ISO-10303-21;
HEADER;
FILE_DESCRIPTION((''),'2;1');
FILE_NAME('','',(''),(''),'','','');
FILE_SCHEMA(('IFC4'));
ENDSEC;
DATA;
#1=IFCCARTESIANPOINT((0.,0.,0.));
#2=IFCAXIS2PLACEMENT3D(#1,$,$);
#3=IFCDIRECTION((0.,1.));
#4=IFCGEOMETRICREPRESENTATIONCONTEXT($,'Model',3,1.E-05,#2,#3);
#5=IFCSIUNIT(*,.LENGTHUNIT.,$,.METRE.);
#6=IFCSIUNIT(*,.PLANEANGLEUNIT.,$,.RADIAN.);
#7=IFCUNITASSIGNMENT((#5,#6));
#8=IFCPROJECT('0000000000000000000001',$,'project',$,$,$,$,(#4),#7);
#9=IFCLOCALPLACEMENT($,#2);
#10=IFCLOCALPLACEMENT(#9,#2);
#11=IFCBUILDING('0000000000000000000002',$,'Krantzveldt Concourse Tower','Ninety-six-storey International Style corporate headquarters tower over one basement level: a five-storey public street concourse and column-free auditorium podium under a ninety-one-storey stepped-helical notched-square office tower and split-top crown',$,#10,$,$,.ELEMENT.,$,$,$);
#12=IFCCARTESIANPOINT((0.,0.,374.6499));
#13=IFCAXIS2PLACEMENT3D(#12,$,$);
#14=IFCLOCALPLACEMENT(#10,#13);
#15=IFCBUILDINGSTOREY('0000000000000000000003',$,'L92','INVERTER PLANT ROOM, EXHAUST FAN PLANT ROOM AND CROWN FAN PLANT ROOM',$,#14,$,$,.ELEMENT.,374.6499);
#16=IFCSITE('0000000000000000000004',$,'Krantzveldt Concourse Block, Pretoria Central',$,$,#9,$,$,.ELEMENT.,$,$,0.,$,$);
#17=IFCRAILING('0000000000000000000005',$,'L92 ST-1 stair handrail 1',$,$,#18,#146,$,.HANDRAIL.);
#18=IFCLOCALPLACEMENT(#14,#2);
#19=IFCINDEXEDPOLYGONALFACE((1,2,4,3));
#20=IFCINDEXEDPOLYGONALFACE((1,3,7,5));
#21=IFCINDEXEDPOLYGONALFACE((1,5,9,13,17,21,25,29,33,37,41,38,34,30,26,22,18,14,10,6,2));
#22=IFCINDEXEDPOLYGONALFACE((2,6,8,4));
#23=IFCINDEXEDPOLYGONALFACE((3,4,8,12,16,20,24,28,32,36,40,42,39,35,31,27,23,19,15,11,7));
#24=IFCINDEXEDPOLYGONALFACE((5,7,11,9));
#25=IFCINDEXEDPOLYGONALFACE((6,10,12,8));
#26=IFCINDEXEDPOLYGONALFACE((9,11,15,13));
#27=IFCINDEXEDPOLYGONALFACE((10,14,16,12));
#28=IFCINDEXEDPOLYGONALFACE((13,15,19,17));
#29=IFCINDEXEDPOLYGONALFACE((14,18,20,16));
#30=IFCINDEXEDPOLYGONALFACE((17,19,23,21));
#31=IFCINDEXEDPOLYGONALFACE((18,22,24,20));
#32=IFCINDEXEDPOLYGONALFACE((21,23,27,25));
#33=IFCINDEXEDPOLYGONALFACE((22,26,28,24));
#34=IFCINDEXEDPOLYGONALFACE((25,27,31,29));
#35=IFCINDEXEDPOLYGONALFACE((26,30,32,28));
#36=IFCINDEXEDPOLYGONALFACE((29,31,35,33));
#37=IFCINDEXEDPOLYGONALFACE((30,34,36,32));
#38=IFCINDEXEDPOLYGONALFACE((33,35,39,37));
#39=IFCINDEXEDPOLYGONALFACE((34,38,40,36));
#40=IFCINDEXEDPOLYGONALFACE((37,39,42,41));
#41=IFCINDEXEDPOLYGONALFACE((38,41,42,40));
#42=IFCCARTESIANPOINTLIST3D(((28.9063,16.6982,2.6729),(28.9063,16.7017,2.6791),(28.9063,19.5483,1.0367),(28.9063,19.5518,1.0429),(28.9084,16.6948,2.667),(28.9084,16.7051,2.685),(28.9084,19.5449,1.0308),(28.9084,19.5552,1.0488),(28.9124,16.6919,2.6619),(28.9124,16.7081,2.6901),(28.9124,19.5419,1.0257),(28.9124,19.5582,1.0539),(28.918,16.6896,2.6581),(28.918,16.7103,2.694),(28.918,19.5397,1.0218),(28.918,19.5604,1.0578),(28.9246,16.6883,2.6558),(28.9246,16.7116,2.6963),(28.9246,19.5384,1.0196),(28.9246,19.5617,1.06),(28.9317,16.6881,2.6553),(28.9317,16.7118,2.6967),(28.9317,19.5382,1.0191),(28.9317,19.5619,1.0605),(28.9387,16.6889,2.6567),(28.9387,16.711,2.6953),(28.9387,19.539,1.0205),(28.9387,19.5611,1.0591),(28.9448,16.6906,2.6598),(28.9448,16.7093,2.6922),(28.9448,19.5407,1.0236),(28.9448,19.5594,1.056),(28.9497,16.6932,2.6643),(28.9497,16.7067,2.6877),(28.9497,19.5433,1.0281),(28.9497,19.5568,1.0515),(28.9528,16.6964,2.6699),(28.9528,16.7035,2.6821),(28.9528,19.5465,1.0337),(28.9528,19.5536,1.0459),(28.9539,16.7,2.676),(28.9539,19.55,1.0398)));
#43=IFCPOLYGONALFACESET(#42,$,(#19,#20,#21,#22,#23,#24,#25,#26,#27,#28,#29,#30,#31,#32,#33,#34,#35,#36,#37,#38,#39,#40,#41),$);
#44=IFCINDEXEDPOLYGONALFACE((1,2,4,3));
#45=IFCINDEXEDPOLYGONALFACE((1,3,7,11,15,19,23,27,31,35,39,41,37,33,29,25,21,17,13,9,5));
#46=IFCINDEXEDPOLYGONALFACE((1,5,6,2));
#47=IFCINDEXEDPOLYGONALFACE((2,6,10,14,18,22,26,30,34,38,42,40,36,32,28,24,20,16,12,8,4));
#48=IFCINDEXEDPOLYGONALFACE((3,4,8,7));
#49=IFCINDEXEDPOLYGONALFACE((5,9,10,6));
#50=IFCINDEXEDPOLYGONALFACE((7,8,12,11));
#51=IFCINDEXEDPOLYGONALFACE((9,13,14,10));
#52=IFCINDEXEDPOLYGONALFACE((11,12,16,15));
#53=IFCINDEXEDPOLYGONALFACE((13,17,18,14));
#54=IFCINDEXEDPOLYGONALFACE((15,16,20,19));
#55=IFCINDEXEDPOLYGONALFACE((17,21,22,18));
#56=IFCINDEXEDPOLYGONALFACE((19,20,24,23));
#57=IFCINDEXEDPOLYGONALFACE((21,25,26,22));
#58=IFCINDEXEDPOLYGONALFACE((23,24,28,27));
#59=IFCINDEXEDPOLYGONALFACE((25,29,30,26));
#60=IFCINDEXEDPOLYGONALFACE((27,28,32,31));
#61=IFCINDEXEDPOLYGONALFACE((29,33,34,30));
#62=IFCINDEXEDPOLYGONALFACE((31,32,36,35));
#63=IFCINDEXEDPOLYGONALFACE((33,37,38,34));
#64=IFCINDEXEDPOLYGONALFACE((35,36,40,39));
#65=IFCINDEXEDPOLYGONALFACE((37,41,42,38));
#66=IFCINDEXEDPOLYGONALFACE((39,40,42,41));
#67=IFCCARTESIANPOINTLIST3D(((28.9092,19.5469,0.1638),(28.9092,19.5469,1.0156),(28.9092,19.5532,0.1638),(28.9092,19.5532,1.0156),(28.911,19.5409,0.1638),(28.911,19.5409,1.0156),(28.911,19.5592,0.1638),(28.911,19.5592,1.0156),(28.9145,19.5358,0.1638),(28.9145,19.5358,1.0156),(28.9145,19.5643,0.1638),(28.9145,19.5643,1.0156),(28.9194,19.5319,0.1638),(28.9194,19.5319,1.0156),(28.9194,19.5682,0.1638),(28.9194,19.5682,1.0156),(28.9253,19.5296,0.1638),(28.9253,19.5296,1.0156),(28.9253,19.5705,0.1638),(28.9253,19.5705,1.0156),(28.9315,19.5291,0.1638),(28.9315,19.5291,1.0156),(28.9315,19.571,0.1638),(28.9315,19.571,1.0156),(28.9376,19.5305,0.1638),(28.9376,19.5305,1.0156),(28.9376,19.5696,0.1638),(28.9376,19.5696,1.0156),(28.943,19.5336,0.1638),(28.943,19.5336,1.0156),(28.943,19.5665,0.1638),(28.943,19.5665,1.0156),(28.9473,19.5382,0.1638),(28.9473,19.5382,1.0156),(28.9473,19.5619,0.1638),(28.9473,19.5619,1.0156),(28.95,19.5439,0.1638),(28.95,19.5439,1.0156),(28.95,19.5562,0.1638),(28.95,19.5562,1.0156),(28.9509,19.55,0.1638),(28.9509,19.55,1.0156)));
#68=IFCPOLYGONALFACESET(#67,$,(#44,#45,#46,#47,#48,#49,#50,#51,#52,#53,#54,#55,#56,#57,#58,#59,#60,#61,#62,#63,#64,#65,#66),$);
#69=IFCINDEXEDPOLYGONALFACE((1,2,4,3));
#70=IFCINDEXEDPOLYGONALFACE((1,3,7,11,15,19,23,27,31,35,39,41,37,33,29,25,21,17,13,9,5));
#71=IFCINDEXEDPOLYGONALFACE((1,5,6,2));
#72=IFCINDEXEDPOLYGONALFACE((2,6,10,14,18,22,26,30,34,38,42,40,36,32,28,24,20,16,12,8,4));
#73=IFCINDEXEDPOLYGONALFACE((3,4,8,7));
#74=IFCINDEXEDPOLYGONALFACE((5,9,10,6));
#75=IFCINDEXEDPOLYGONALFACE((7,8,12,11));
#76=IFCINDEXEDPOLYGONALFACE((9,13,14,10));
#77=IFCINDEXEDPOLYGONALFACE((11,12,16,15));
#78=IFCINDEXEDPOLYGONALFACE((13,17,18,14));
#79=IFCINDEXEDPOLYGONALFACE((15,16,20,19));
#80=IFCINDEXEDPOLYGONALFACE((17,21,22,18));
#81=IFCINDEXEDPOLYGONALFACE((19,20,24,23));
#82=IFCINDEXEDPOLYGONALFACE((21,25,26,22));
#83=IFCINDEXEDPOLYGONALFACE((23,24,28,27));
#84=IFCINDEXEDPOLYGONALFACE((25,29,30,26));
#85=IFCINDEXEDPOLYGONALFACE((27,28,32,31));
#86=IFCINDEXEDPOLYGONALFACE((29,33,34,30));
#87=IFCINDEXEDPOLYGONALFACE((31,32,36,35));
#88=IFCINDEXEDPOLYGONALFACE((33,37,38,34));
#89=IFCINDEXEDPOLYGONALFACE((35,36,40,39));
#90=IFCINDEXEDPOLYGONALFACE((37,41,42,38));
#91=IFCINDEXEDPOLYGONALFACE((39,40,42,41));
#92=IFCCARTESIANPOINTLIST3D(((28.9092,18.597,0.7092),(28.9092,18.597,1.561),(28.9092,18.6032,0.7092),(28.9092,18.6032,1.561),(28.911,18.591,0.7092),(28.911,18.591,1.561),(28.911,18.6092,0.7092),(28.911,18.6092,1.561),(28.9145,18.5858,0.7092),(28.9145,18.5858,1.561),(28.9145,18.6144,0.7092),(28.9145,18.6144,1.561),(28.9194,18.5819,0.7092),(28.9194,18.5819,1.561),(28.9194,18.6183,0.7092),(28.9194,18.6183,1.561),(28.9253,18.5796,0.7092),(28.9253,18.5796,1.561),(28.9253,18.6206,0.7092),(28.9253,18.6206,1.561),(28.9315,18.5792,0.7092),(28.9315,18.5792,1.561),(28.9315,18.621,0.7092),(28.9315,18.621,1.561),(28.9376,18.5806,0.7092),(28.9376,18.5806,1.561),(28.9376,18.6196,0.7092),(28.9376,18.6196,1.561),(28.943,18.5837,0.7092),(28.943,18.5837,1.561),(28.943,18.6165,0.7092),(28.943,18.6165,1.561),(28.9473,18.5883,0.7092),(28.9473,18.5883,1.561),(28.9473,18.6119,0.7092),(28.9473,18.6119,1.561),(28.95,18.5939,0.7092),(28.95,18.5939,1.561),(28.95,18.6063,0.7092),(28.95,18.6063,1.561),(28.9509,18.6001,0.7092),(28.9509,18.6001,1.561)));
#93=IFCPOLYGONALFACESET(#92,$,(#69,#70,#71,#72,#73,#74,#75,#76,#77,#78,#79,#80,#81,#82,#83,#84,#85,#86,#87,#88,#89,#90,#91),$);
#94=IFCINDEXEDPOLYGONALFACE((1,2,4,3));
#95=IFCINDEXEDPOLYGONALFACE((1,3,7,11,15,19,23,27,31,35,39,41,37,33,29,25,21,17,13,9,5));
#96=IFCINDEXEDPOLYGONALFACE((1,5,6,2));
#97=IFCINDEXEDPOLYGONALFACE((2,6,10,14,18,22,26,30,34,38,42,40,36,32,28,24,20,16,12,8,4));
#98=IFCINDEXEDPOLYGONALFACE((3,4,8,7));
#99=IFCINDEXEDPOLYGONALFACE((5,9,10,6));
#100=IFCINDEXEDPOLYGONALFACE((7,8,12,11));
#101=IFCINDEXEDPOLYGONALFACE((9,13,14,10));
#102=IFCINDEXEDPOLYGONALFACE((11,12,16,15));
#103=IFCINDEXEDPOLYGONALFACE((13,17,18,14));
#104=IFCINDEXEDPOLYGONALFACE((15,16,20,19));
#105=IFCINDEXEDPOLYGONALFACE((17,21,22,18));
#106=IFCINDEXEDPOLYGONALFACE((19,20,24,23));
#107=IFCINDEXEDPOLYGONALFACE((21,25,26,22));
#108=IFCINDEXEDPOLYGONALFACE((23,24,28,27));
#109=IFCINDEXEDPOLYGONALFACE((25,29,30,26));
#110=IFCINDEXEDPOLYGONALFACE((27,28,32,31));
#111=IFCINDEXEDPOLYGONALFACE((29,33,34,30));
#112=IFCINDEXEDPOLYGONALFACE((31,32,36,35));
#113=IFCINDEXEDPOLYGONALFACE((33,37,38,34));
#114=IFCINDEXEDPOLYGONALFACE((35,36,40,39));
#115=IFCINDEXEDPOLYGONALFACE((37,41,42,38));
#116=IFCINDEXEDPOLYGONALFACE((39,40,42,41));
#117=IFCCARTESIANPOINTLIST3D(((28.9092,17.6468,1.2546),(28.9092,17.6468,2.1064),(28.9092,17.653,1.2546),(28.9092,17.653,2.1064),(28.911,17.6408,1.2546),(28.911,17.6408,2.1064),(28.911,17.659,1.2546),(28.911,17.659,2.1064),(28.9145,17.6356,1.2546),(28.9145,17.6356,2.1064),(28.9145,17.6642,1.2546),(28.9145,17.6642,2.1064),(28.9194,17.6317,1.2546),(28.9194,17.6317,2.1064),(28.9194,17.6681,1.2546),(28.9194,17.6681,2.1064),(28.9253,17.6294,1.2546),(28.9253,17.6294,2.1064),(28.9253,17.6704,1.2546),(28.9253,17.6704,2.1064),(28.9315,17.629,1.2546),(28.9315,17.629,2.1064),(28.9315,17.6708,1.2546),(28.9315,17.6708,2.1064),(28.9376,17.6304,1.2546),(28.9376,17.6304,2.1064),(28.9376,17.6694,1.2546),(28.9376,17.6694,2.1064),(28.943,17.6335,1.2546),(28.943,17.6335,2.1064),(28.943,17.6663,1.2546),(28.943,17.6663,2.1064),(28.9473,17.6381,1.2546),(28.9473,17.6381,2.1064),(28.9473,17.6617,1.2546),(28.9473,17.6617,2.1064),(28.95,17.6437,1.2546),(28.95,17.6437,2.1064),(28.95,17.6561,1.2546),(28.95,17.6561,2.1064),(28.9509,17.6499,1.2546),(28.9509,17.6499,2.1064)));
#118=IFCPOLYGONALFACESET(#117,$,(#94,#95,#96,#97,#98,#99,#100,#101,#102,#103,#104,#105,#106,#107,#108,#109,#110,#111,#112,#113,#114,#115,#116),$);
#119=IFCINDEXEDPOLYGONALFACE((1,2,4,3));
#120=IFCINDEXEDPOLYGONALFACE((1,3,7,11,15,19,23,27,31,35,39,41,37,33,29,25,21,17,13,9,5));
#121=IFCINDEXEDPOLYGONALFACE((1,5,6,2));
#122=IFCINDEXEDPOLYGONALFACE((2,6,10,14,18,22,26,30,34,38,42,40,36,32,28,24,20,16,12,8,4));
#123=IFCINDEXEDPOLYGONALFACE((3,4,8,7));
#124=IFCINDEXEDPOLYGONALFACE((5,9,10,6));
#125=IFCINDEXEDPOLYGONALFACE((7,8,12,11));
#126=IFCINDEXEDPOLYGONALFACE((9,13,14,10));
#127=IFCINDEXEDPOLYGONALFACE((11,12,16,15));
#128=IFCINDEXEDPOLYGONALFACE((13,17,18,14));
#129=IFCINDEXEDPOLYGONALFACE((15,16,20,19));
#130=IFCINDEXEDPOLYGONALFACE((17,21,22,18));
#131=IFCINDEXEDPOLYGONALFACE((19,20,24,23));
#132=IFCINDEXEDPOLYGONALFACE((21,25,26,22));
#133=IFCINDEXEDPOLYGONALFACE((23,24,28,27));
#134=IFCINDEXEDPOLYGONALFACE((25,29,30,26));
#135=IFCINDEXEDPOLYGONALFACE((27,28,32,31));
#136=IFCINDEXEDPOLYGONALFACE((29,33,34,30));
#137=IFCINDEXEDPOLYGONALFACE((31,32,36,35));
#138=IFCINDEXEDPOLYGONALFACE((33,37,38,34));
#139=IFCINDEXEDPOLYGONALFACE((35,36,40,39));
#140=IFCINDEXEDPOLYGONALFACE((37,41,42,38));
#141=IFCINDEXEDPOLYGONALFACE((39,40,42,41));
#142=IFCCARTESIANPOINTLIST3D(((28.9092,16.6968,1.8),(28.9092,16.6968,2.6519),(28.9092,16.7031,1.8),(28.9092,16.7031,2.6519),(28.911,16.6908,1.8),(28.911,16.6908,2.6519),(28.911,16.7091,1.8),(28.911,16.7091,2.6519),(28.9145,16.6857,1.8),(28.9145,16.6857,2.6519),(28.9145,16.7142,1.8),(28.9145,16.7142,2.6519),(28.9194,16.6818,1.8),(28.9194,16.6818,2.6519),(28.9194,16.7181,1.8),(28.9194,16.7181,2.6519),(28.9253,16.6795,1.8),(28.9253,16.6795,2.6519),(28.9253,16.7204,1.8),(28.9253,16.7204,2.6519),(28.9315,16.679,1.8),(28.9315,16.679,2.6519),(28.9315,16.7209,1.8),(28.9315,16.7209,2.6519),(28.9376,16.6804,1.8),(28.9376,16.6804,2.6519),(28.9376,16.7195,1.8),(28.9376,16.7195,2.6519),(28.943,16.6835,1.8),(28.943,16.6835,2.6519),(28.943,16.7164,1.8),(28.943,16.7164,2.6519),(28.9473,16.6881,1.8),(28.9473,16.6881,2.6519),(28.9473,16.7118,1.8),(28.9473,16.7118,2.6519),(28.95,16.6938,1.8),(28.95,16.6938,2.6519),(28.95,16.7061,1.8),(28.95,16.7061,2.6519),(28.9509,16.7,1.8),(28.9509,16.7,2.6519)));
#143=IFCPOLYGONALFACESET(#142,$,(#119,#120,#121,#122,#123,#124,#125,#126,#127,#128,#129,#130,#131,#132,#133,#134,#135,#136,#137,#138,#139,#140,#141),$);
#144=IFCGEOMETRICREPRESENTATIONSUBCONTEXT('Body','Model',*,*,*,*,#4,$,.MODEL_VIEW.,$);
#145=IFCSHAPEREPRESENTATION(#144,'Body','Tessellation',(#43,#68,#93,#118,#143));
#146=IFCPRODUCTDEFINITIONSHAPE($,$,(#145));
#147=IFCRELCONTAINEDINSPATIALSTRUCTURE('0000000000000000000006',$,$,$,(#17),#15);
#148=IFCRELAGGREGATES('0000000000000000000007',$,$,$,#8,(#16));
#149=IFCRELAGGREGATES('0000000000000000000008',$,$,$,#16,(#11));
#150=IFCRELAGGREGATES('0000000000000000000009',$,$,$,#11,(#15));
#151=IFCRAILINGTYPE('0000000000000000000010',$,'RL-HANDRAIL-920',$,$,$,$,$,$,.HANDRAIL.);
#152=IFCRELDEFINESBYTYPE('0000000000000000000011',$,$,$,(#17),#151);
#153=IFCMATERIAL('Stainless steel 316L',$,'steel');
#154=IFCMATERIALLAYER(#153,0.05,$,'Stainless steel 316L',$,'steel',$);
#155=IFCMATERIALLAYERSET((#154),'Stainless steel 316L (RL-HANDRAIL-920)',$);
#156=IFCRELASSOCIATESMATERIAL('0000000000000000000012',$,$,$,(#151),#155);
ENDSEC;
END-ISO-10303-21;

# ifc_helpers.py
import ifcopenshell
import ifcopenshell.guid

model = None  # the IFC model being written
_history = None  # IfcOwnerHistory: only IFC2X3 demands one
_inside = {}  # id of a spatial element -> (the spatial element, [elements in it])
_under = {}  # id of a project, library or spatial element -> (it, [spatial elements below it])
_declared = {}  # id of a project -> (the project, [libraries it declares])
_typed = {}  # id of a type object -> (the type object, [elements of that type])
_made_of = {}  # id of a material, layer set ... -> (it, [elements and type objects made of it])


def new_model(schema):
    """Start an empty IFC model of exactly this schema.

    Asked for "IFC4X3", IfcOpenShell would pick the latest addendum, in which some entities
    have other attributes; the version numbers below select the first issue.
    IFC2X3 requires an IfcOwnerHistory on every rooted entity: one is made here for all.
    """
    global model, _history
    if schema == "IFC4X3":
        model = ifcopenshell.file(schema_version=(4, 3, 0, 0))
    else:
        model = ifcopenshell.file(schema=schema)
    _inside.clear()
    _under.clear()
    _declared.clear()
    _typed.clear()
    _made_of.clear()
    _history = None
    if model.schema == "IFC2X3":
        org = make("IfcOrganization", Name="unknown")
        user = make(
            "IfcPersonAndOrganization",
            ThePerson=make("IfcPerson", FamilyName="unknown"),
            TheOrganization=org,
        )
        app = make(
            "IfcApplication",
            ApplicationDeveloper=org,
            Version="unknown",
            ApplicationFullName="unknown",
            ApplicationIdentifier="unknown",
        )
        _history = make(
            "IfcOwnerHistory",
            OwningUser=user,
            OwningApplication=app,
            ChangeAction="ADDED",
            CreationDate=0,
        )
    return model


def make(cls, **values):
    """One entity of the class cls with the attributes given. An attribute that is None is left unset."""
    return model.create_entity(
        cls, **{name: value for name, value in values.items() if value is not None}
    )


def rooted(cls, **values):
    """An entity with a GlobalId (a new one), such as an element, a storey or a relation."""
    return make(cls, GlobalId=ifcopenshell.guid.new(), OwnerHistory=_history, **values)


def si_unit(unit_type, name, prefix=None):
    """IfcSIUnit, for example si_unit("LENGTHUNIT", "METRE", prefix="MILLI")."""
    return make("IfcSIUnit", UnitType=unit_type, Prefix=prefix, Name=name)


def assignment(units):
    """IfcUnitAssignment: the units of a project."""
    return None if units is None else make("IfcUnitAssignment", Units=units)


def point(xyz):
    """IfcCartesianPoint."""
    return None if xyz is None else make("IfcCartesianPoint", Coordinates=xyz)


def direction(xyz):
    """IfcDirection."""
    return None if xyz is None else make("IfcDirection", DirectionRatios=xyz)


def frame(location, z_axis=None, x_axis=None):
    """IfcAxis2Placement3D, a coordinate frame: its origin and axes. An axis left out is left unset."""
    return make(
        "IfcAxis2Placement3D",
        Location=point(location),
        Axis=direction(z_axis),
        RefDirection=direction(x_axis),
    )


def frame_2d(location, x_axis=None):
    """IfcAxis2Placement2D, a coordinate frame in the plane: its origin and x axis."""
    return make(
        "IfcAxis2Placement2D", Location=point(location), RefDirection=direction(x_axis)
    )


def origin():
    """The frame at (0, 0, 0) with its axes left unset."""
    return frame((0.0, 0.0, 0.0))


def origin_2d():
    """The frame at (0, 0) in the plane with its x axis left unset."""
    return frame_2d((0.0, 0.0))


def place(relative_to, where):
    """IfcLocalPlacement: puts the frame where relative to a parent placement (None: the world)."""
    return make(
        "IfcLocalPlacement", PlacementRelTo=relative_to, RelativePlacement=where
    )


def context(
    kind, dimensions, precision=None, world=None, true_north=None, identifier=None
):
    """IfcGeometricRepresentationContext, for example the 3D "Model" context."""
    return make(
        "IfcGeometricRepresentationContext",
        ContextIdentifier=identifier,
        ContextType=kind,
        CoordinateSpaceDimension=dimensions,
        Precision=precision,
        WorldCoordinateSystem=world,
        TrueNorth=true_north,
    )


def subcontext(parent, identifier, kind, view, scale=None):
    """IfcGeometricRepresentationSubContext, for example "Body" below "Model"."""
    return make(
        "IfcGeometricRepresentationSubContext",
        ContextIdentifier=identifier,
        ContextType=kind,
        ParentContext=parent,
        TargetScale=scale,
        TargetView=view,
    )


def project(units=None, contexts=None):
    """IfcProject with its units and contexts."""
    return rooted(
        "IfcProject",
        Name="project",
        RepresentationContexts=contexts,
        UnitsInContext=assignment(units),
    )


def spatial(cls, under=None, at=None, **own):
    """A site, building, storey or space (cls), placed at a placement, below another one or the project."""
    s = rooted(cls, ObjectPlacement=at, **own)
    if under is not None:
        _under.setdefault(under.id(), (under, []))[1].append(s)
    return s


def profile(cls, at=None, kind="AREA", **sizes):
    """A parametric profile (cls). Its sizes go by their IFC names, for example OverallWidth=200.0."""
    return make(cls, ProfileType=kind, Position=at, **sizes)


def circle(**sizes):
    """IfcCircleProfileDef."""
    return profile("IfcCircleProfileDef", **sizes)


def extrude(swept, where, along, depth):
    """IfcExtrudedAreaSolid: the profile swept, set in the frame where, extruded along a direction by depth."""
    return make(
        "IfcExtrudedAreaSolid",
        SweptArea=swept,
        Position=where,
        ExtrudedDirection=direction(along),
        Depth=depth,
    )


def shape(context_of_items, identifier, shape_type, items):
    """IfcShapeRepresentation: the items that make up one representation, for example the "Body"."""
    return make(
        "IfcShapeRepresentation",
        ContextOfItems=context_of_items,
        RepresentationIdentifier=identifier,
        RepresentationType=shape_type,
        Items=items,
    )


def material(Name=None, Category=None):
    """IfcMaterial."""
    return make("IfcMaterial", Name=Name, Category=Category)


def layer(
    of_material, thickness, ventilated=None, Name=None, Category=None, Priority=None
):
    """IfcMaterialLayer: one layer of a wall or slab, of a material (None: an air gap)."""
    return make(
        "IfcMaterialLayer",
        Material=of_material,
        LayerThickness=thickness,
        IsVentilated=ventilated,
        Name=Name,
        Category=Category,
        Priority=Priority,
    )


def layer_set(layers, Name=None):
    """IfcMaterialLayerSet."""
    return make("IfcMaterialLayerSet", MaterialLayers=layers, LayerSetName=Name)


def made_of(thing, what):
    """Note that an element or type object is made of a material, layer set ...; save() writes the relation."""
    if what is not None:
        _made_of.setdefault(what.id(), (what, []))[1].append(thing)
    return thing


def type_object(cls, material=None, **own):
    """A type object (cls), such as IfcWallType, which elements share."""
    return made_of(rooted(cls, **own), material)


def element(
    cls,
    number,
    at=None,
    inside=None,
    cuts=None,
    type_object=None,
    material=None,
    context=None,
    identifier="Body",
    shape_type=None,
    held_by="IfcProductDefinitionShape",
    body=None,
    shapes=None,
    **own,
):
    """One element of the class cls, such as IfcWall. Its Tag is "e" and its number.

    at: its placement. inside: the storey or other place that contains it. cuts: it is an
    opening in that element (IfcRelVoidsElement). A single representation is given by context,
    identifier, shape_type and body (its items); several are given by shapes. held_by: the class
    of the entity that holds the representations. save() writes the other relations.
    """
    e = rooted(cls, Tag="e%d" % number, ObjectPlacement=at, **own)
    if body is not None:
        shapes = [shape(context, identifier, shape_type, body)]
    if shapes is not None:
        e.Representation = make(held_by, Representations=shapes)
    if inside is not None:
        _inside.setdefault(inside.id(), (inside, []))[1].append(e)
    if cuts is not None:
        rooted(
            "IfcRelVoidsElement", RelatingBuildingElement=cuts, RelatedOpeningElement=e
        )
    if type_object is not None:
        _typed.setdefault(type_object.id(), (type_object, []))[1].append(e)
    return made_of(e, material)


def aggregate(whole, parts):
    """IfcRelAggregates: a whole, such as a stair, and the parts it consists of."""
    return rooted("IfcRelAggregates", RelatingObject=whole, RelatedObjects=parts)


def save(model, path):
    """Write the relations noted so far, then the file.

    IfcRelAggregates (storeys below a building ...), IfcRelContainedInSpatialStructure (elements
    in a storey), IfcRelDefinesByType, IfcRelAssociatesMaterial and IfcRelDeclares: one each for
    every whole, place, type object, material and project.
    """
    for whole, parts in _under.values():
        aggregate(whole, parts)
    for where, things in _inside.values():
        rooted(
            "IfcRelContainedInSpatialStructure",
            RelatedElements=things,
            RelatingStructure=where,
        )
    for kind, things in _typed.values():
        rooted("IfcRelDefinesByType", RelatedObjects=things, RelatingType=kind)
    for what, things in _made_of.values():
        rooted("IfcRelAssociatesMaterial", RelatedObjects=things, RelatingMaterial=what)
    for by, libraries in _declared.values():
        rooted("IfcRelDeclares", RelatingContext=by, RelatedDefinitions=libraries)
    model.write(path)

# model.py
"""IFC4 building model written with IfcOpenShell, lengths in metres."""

from ifc_helpers import new_model, si_unit, direction, frame, origin, origin_2d, place, context, subcontext, project, spatial, circle, extrude, material, layer, layer_set, type_object, element, save


model = new_model("IFC4")

# Units and contexts
model_context = context("Model", 3, precision=1e-05, world=origin(), true_north=direction((0.0, 1.0)))
body_context = subcontext(model_context, "Body", "Model", "MODEL_VIEW")
ifc_project = project(units=[si_unit("LENGTHUNIT", "METRE"), si_unit("PLANEANGLEUNIT", "RADIAN")], contexts=[model_context])

# Site, building, storey
site_placement = place(None, origin())
site = spatial("IfcSite", under=ifc_project, at=site_placement, Name="Krantzveldt Concourse Block, Pretoria Central", CompositionType="ELEMENT", RefElevation=0.0)
building_placement = place(site_placement, origin())
building = spatial("IfcBuilding", under=site, at=building_placement, Name="Krantzveldt Concourse Tower", Description="Ninety-six-storey International Style corporate headquarters tower over one basement level: a five-storey public street concourse and column-free auditorium podium under a ninety-one-storey stepped-helical notched-square office tower and split-top crown", CompositionType="ELEMENT")
storey_placement = place(building_placement, frame((0.0, 0.0, 374.6499)))
storey = spatial("IfcBuildingStorey", under=building, at=storey_placement, Name="L92", Description="INVERTER PLANT ROOM, EXHAUST FAN PLANT ROOM AND CROWN FAN PLANT ROOM", CompositionType="ELEMENT", Elevation=374.6499)

# Shared definitions
ifc_material_1 = material(Name="Stainless steel 316L", Category="steel")

# Railing
ifc_layer_1 = layer(ifc_material_1, 0.05, Name="Stainless steel 316L", Category="steel")
ifc_layer_set_1 = layer_set([ifc_layer_1], Name="Stainless steel 316L (RL-HANDRAIL-920)")
railing_type_1 = type_object("IfcRailingType", Name="RL-HANDRAIL-920", PredefinedType="HANDRAIL", material=ifc_layer_set_1)
railing_1_placement = place(storey_placement, frame((28.9299, 19.55, 0.1638)))
element("IfcRailing", 1, at=railing_1_placement, inside=storey, type_object=railing_type_1, Name="L92 ST-1 stair handrail 1", PredefinedType="HANDRAIL", context=body_context, shape_type="SweptSolid", body=[
    extrude(circle(Radius=0.0239, at=origin_2d()), frame((0.0, 0.0, 0.876), z_axis=(0.0, -0.867245, 0.497882), x_axis=(1.0, 0.0, 0.0)), (0.0, 0.0, 1.0), 3.2864),
    extrude(circle(Radius=0.021, at=origin_2d()), origin(), (0.0, 0.0, 1.0), 0.8518),
    extrude(circle(Radius=0.021, at=origin_2d()), frame((0.0, -0.95, 0.5454)), (0.0, 0.0, 1.0), 0.8518),
    extrude(circle(Radius=0.021, at=origin_2d()), frame((0.0, -1.9001, 1.0908)), (0.0, 0.0, 1.0), 0.8518),
    extrude(circle(Radius=0.021, at=origin_2d()), frame((0.0, -2.8501, 1.6362)), (0.0, 0.0, 1.0), 0.8518),
])

save(model, "model.ifc")
